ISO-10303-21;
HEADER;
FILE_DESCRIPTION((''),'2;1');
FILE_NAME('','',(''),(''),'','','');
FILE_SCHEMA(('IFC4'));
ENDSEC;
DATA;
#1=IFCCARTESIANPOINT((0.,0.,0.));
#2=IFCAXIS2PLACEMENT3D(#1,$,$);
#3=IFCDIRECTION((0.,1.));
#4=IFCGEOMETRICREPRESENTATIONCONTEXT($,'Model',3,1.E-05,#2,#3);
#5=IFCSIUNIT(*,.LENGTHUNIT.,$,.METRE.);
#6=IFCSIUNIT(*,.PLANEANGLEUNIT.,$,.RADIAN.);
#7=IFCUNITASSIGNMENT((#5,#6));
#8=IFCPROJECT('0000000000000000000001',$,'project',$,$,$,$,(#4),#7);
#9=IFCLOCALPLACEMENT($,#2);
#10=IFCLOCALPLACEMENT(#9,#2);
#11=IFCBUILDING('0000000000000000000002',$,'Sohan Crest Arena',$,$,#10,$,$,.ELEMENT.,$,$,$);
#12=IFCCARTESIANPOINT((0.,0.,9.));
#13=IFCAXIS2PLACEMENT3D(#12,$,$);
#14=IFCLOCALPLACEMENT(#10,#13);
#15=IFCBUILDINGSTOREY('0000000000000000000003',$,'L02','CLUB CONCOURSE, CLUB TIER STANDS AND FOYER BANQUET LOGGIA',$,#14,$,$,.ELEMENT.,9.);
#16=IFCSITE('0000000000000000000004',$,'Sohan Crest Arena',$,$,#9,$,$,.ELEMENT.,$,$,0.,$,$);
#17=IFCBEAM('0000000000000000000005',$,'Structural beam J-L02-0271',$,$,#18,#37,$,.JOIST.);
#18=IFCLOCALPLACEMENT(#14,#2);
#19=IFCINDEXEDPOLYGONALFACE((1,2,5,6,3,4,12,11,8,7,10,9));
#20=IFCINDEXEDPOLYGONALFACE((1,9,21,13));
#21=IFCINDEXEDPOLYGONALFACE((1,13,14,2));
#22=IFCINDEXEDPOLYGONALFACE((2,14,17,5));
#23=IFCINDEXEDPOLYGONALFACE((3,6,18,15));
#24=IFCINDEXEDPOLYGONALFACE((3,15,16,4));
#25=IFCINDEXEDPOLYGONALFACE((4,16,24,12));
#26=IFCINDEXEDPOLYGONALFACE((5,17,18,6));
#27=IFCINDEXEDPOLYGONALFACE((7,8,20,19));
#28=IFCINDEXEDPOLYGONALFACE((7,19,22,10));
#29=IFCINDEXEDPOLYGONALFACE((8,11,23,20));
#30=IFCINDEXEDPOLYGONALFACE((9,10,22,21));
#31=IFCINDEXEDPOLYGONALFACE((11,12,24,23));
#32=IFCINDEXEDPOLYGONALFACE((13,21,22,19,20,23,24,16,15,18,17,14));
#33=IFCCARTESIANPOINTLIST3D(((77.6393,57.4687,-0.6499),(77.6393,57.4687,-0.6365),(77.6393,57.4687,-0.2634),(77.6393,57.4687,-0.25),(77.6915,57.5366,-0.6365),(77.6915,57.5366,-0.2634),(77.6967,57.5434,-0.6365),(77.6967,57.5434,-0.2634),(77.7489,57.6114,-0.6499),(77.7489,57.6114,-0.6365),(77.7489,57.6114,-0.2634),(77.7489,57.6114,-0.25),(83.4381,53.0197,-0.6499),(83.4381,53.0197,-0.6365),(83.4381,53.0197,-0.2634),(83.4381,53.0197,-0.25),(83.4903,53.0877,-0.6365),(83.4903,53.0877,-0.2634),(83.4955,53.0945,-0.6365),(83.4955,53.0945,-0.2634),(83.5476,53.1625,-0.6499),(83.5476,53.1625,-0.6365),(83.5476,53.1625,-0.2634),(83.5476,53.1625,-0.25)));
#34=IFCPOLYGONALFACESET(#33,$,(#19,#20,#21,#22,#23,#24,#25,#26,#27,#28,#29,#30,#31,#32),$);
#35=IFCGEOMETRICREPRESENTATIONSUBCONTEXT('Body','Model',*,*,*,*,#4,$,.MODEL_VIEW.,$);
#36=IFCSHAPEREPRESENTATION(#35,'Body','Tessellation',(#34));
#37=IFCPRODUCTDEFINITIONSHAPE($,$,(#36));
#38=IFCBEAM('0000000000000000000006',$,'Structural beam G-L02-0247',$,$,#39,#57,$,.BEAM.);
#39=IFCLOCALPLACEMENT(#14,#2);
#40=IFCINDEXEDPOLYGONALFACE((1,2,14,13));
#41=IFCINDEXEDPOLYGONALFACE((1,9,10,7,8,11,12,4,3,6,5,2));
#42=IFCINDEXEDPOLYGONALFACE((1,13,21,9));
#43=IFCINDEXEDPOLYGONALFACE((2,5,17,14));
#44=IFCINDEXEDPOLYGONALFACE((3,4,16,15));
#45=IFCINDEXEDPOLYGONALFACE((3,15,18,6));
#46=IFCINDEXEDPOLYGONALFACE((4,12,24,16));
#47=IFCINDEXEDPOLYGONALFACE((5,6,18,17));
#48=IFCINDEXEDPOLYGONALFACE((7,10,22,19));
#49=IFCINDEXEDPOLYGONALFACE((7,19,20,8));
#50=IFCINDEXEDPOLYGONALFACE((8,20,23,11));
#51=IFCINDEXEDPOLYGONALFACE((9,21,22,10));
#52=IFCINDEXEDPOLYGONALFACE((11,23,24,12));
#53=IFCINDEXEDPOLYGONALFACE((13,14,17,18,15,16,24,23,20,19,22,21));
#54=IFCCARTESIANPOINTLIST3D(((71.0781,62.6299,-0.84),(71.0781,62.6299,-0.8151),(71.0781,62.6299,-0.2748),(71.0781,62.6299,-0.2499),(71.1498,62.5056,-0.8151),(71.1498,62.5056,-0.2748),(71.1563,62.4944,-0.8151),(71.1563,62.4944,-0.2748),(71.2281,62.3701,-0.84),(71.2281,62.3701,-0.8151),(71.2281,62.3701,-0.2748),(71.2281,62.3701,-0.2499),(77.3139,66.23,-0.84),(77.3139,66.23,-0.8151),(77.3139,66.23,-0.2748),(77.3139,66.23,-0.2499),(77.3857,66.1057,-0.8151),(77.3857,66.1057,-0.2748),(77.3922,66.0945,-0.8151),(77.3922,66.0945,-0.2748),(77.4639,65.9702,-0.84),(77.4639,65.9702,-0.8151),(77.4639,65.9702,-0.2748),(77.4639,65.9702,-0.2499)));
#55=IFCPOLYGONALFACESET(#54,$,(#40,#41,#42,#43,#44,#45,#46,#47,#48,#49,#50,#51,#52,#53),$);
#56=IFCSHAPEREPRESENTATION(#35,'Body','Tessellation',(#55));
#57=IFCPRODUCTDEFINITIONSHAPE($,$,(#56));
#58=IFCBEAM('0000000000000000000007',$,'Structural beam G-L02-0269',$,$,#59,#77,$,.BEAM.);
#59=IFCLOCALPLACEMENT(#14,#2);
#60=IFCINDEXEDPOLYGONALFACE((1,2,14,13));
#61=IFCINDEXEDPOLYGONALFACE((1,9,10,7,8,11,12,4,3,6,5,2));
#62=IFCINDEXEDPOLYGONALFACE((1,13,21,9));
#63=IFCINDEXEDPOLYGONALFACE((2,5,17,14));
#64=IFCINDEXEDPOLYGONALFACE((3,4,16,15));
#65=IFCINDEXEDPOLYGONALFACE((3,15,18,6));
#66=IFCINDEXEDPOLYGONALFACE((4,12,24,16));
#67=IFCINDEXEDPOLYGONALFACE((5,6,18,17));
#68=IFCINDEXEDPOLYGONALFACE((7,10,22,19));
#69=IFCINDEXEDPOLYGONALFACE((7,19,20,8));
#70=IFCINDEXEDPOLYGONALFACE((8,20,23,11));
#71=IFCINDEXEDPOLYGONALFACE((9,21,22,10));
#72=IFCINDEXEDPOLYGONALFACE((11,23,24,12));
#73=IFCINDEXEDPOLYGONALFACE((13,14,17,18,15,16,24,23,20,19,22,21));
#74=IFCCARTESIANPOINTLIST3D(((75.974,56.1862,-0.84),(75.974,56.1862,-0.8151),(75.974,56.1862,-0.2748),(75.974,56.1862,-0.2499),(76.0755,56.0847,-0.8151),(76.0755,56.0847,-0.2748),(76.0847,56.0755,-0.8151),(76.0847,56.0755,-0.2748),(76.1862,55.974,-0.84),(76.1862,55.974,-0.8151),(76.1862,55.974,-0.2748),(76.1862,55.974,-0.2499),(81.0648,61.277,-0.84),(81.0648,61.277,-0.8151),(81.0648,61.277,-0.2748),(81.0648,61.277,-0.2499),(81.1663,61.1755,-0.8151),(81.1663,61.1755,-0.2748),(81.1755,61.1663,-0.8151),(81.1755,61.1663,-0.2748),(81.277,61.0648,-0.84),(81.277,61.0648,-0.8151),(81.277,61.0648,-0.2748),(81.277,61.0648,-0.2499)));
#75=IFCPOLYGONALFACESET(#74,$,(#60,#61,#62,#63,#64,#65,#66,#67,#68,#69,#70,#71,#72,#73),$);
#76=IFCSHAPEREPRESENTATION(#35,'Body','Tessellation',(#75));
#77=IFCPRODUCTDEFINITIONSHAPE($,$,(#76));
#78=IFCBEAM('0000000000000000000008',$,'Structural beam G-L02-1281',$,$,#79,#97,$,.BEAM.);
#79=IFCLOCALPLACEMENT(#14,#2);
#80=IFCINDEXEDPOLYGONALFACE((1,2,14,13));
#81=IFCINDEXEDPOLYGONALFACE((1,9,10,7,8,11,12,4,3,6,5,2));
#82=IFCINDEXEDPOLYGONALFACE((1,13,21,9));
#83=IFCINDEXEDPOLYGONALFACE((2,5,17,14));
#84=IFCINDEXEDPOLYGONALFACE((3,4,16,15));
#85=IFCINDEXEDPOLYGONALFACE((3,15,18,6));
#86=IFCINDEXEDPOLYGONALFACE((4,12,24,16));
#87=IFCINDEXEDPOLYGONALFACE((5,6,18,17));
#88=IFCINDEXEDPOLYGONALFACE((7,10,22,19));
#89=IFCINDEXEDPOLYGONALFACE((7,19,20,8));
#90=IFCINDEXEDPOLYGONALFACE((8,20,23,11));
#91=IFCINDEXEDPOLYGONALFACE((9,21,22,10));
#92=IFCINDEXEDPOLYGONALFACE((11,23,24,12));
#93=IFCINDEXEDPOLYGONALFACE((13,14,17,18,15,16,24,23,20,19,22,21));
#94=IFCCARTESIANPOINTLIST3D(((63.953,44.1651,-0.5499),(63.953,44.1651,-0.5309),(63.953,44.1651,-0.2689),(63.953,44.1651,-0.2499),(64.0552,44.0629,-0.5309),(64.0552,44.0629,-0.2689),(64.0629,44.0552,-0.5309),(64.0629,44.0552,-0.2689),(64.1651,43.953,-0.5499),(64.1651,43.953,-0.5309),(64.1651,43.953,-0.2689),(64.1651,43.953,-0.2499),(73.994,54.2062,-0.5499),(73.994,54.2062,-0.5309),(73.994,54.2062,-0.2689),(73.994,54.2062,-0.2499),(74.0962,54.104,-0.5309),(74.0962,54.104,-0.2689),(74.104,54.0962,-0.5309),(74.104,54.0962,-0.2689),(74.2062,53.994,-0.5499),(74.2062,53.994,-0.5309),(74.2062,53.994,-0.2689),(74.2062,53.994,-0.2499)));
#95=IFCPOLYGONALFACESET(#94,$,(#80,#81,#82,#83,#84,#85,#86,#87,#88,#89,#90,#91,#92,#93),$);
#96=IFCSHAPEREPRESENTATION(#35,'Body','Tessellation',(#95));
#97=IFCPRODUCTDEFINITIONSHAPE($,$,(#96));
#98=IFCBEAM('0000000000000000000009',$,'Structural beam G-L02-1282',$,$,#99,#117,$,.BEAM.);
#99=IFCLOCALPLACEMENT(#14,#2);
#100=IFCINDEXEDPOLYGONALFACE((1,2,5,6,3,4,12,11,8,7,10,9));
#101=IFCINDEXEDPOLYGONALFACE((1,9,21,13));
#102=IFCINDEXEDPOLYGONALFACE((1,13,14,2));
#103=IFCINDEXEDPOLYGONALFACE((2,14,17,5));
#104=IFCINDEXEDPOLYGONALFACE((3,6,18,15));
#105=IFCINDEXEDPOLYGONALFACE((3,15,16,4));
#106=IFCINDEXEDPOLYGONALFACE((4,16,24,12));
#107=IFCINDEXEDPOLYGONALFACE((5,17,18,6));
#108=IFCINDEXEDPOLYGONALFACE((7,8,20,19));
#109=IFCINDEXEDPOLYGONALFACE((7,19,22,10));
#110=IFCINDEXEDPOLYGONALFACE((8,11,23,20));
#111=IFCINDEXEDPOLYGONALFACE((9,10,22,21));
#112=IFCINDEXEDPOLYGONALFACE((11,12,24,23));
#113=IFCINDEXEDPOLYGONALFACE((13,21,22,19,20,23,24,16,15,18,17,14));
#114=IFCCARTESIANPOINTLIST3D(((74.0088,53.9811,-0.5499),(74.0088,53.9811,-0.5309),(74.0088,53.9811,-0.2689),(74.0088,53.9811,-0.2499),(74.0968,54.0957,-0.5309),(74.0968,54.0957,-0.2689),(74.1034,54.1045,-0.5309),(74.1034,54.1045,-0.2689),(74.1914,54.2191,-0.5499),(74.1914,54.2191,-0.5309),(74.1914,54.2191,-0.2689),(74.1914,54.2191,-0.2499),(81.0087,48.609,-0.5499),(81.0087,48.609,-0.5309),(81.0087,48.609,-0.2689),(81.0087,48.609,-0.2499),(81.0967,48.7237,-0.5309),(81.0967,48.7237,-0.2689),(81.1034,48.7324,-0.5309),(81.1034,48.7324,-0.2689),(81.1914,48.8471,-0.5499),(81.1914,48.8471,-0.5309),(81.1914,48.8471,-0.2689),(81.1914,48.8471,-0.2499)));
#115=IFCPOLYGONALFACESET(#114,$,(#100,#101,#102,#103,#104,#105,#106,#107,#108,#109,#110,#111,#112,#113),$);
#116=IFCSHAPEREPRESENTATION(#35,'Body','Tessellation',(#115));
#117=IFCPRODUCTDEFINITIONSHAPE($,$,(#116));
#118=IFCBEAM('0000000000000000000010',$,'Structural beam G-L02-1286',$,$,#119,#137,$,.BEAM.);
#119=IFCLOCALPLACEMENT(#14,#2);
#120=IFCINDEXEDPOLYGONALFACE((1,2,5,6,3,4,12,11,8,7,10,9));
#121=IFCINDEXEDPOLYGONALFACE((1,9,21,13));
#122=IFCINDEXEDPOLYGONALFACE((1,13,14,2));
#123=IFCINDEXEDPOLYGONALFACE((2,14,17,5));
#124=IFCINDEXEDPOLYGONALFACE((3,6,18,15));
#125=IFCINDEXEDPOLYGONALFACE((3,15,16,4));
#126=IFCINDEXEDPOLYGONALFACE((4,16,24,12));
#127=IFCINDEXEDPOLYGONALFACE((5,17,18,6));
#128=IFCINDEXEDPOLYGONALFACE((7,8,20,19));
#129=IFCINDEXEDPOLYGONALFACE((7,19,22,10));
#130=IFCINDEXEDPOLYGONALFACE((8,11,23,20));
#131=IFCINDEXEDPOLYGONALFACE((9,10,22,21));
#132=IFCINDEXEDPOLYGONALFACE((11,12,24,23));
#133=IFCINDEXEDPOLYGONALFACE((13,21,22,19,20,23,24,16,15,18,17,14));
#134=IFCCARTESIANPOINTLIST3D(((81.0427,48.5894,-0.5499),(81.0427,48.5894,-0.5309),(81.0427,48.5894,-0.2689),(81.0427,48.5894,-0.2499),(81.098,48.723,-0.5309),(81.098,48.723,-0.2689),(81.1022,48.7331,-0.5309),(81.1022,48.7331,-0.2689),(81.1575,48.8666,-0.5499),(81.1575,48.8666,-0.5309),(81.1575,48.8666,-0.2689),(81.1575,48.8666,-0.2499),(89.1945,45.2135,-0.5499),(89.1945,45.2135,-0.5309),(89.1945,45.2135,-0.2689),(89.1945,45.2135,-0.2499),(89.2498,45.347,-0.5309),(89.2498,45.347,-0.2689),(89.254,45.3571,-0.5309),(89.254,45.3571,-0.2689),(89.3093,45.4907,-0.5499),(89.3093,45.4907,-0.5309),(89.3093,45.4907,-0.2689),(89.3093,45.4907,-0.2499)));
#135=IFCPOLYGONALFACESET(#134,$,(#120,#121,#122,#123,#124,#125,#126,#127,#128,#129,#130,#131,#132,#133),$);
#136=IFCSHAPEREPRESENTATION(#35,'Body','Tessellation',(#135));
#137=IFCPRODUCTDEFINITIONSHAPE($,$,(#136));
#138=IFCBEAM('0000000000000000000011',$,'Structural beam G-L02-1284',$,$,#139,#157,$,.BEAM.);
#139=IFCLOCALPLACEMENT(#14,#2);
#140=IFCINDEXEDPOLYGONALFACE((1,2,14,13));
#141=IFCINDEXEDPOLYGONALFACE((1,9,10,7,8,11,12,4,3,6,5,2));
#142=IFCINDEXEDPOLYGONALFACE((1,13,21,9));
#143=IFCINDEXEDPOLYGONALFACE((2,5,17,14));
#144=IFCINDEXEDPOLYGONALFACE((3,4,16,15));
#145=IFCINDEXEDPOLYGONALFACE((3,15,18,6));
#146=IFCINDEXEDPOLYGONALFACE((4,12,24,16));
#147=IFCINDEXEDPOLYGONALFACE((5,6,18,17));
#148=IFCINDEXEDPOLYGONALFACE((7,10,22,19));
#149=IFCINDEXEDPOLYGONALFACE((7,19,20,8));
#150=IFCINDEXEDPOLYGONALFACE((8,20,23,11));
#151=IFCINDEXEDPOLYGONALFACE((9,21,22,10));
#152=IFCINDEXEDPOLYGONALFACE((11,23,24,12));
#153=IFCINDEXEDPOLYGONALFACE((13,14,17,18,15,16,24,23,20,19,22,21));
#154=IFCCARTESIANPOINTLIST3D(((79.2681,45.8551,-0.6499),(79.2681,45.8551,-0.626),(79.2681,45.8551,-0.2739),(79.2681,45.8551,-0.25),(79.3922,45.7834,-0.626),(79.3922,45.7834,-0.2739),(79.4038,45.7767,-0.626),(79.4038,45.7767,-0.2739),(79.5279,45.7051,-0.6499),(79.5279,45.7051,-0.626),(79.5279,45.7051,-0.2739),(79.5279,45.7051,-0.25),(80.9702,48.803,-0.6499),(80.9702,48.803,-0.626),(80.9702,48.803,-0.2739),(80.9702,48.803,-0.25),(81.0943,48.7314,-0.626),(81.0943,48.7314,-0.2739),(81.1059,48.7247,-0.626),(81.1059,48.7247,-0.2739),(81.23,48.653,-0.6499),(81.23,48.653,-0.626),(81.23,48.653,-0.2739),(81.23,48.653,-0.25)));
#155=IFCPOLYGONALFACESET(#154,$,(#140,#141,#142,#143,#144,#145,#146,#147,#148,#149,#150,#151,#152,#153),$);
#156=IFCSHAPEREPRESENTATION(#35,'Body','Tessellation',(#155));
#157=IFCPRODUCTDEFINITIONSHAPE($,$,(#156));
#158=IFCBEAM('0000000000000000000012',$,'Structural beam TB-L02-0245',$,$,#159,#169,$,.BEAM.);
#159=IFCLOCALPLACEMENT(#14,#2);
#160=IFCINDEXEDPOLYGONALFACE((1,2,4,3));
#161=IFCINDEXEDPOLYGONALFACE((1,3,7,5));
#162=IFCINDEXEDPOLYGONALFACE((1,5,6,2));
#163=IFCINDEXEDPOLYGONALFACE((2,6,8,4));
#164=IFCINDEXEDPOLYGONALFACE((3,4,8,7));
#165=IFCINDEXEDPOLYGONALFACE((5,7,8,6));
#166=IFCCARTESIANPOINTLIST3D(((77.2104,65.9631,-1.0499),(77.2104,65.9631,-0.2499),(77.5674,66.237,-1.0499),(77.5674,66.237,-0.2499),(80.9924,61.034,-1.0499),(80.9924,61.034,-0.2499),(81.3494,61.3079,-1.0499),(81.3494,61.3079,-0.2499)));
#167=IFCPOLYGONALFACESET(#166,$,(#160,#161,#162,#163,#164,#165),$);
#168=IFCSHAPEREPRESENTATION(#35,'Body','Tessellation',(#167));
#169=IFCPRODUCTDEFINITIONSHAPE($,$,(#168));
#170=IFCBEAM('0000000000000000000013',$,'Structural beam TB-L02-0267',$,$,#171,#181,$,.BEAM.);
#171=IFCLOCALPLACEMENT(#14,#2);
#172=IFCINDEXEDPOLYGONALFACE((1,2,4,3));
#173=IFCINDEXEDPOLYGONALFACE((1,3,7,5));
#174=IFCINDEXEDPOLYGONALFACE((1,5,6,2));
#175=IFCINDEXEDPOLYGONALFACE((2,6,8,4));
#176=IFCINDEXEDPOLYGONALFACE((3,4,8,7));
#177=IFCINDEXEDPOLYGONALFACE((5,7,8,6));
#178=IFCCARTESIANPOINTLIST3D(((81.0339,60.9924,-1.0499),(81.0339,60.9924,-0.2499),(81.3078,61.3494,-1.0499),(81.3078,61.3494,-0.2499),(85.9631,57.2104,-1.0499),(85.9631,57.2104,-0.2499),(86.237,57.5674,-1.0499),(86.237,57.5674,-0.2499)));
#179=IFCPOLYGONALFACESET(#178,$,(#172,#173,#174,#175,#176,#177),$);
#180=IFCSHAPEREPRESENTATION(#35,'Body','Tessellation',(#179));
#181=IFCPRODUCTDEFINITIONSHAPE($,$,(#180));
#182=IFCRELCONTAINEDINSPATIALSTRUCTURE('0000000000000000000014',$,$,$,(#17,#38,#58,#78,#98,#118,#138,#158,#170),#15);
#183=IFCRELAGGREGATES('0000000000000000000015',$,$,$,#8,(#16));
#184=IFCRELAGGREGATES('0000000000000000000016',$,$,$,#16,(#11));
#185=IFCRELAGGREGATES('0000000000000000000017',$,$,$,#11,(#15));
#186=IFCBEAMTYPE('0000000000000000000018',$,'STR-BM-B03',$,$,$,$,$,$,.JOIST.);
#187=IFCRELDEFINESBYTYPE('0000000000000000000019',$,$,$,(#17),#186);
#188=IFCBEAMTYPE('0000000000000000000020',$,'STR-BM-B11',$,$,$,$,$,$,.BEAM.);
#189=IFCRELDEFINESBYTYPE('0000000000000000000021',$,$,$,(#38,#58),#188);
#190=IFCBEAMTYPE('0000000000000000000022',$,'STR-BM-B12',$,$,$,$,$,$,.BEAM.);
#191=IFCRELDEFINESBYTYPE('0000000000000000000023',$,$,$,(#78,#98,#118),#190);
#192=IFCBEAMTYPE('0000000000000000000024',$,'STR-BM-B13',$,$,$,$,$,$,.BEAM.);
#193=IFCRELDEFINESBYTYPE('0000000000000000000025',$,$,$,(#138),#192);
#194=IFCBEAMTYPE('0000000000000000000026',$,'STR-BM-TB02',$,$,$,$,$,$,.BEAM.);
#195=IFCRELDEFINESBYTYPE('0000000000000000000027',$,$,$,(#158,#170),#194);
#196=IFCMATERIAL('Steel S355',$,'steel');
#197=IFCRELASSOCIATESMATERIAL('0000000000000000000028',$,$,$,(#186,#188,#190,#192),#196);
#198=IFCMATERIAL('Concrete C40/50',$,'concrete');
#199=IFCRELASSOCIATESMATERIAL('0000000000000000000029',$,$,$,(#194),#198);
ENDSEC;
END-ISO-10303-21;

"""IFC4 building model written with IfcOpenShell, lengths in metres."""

from ifc_helpers import new_model, si_unit, direction, frame, origin, origin_2d, place, context, subcontext, project, spatial, rectangle, i_section, extrude, material, material_profile, profile_set, type_object, element, save


model = new_model("IFC4")

# Units and contexts
model_context = context("Model", 3, precision=1e-05, world=origin(), true_north=direction((0.0, 1.0)))
body_context = subcontext(model_context, "Body", "Model", "MODEL_VIEW")
ifc_project = project(units=[si_unit("LENGTHUNIT", "METRE"), si_unit("PLANEANGLEUNIT", "RADIAN")], contexts=[model_context])

# Site, building, storey
site_placement = place(None, origin())
site = spatial("IfcSite", under=ifc_project, at=site_placement, Name="Sohan Crest Arena", CompositionType="ELEMENT", RefElevation=0.0)
building_placement = place(site_placement, origin())
building = spatial("IfcBuilding", under=site, at=building_placement, Name="Sohan Crest Arena", CompositionType="ELEMENT")
storey_placement = place(building_placement, frame((0.0, 0.0, 9.0)))
storey = spatial("IfcBuildingStorey", under=building, at=storey_placement, Name="L02", Description="CLUB CONCOURSE, CLUB TIER STANDS AND FOYER BANQUET LOGGIA", CompositionType="ELEMENT", Elevation=9.0)

# Shared definitions
ifc_material_1 = material(Name="Concrete C40/50", Category="concrete")
ifc_material_2 = material(Name="Steel S355", Category="steel")

# Beams
ifc_material_profile_1 = material_profile(ifc_material_2, i_section(OverallWidth=0.1799, OverallDepth=0.3999, WebThickness=0.0085, FlangeThickness=0.0134, at=origin_2d()), Name="IPE 400")
ifc_profile_set_1 = profile_set([ifc_material_profile_1], Name="Steel S355")
beam_type_1 = type_object("IfcBeamType", Name="STR-BM-B03", PredefinedType="JOIST", material=ifc_profile_set_1)
beam_1_placement = place(storey_placement, frame((77.6941, 57.54, -0.45), z_axis=(0.793394, -0.608708, 0.0), x_axis=(0.608708, 0.793394, 0.0)))
element("IfcBeam", 1, at=beam_1_placement, inside=storey, type_object=beam_type_1, Name="Structural beam J-L02-0271", PredefinedType="JOIST", context=body_context, shape_type="SweptSolid", body=[
    extrude(i_section(OverallWidth=0.1799, OverallDepth=0.3999, WebThickness=0.0085, FlangeThickness=0.0134, at=origin_2d()), origin(), (0.0, 0.0, 1.0), 7.3088),
])
ifc_material_profile_2 = material_profile(ifc_material_2, i_section(OverallWidth=0.3, OverallDepth=0.5901, WebThickness=0.0129, FlangeThickness=0.0249, at=origin_2d()), Name="HEA 600")
ifc_profile_set_2 = profile_set([ifc_material_profile_2], Name="Steel S355")
beam_type_2 = type_object("IfcBeamType", Name="STR-BM-B11", PredefinedType="BEAM", material=ifc_profile_set_2)
beam_2_placement = place(storey_placement, frame((77.3889, 66.1001, -0.5449), z_axis=(-0.866035, -0.499983, 0.0), x_axis=(0.499983, -0.866035, 0.0)))
element("IfcBeam", 2, at=beam_2_placement, inside=storey, type_object=beam_type_2, Name="Structural beam G-L02-0247", PredefinedType="BEAM", context=body_context, shape_type="SweptSolid", body=[
    extrude(i_section(OverallWidth=0.3, OverallDepth=0.5901, WebThickness=0.0129, FlangeThickness=0.0249, at=origin_2d()), origin(), (0.0, 0.0, 1.0), 7.2004),
])
beam_3_placement = place(storey_placement, frame((81.1709, 61.1709, -0.5449), z_axis=(-0.707107, -0.707107, 0.0), x_axis=(0.707107, -0.707107, 0.0)))
element("IfcBeam", 3, at=beam_3_placement, inside=storey, type_object=beam_type_2, Name="Structural beam G-L02-0269", PredefinedType="BEAM", context=body_context, shape_type="SweptSolid", body=[
    extrude(i_section(OverallWidth=0.3, OverallDepth=0.5901, WebThickness=0.0129, FlangeThickness=0.0249, at=origin_2d()), origin(), (0.0, 0.0, 1.0), 7.1995),
])
ifc_material_profile_3 = material_profile(ifc_material_2, i_section(OverallWidth=0.3, OverallDepth=0.3, WebThickness=0.011, FlangeThickness=0.019, at=origin_2d()), Name="HEB 300")
ifc_profile_set_3 = profile_set([ifc_material_profile_3], Name="Steel S355")
beam_type_3 = type_object("IfcBeamType", Name="STR-BM-B12", PredefinedType="BEAM", material=ifc_profile_set_3)
beam_4_placement = place(storey_placement, frame((74.1001, 54.1001, -0.3999), z_axis=(-0.707107, -0.707107, 0.0), x_axis=(0.707107, -0.707107, 0.0)))
element("IfcBeam", 4, at=beam_4_placement, inside=storey, type_object=beam_type_3, Name="Structural beam G-L02-1281", PredefinedType="BEAM", context=body_context, shape_type="SweptSolid", body=[
    extrude(i_section(OverallWidth=0.3, OverallDepth=0.3, WebThickness=0.011, FlangeThickness=0.019, at=origin_2d()), origin(), (0.0, 0.0, 1.0), 14.2002),
])
beam_5_placement = place(storey_placement, frame((74.1001, 54.1001, -0.3999), z_axis=(0.793311, -0.608817, 0.0), x_axis=(0.608817, 0.793311, 0.0)))
element("IfcBeam", 5, at=beam_5_placement, inside=storey, type_object=beam_type_3, Name="Structural beam G-L02-1282", PredefinedType="BEAM", context=body_context, shape_type="SweptSolid", body=[
    extrude(i_section(OverallWidth=0.3, OverallDepth=0.3, WebThickness=0.011, FlangeThickness=0.019, at=origin_2d()), origin(), (0.0, 0.0, 1.0), 8.8237),
])
beam_6_placement = place(storey_placement, frame((81.1001, 48.728, -0.3999), z_axis=(0.923905, -0.382622, 0.0), x_axis=(0.382622, 0.923905, 0.0)))
element("IfcBeam", 6, at=beam_6_placement, inside=storey, type_object=beam_type_3, Name="Structural beam G-L02-1286", PredefinedType="BEAM", context=body_context, shape_type="SweptSolid", body=[
    extrude(i_section(OverallWidth=0.3, OverallDepth=0.3, WebThickness=0.011, FlangeThickness=0.019, at=origin_2d()), origin(), (0.0, 0.0, 1.0), 8.8232),
])
ifc_material_profile_4 = material_profile(ifc_material_2, i_section(OverallWidth=0.3, OverallDepth=0.3999, WebThickness=0.0134, FlangeThickness=0.0239, at=origin_2d()), Name="HEB 400")
ifc_profile_set_4 = profile_set([ifc_material_profile_4], Name="Steel S355")
beam_type_4 = type_object("IfcBeamType", Name="STR-BM-B13", PredefinedType="BEAM", material=ifc_profile_set_4)
beam_7_placement = place(storey_placement, frame((81.1001, 48.728, -0.45), z_axis=(-0.500027, -0.86601, 0.0), x_axis=(0.86601, -0.500027, 0.0)))
element("IfcBeam", 7, at=beam_7_placement, inside=storey, type_object=beam_type_4, Name="Structural beam G-L02-1284", PredefinedType="BEAM", context=body_context, shape_type="SweptSolid", body=[
    extrude(i_section(OverallWidth=0.3, OverallDepth=0.3999, WebThickness=0.0134, FlangeThickness=0.0239, at=origin_2d()), origin(), (0.0, 0.0, 1.0), 3.4041),
])
ifc_material_profile_5 = material_profile(ifc_material_1, rectangle(XDim=0.45, YDim=0.8, at=origin_2d()), Name="RC-BM 450x800")
ifc_profile_set_5 = profile_set([ifc_material_profile_5], Name="Concrete C40/50")
beam_type_5 = type_object("IfcBeamType", Name="STR-BM-TB02", PredefinedType="BEAM", material=ifc_profile_set_5)
for number, where, z_axis, x_axis, name in (
    (8, (77.3889, 66.1001, -0.6499), (0.608728, -0.793379, 0.0), (0.793379, 0.608728, 0.0), "Structural beam TB-L02-0245"),
    (9, (81.1709, 61.1709, -0.6499), (0.793379, -0.608728, 0.0), (0.608728, 0.793379, 0.0), "Structural beam TB-L02-0267"),
):
    element("IfcBeam", number, at=place(storey_placement, frame(where, z_axis=z_axis, x_axis=x_axis)), inside=storey, type_object=beam_type_5, Name=name, PredefinedType="BEAM", context=body_context, shape_type="SweptSolid", body=[
        extrude(rectangle(XDim=0.45, YDim=0.8, at=origin_2d()), origin(), (0.0, 0.0, 1.0), 6.2129),
    ])

save(model, "model.ifc")
